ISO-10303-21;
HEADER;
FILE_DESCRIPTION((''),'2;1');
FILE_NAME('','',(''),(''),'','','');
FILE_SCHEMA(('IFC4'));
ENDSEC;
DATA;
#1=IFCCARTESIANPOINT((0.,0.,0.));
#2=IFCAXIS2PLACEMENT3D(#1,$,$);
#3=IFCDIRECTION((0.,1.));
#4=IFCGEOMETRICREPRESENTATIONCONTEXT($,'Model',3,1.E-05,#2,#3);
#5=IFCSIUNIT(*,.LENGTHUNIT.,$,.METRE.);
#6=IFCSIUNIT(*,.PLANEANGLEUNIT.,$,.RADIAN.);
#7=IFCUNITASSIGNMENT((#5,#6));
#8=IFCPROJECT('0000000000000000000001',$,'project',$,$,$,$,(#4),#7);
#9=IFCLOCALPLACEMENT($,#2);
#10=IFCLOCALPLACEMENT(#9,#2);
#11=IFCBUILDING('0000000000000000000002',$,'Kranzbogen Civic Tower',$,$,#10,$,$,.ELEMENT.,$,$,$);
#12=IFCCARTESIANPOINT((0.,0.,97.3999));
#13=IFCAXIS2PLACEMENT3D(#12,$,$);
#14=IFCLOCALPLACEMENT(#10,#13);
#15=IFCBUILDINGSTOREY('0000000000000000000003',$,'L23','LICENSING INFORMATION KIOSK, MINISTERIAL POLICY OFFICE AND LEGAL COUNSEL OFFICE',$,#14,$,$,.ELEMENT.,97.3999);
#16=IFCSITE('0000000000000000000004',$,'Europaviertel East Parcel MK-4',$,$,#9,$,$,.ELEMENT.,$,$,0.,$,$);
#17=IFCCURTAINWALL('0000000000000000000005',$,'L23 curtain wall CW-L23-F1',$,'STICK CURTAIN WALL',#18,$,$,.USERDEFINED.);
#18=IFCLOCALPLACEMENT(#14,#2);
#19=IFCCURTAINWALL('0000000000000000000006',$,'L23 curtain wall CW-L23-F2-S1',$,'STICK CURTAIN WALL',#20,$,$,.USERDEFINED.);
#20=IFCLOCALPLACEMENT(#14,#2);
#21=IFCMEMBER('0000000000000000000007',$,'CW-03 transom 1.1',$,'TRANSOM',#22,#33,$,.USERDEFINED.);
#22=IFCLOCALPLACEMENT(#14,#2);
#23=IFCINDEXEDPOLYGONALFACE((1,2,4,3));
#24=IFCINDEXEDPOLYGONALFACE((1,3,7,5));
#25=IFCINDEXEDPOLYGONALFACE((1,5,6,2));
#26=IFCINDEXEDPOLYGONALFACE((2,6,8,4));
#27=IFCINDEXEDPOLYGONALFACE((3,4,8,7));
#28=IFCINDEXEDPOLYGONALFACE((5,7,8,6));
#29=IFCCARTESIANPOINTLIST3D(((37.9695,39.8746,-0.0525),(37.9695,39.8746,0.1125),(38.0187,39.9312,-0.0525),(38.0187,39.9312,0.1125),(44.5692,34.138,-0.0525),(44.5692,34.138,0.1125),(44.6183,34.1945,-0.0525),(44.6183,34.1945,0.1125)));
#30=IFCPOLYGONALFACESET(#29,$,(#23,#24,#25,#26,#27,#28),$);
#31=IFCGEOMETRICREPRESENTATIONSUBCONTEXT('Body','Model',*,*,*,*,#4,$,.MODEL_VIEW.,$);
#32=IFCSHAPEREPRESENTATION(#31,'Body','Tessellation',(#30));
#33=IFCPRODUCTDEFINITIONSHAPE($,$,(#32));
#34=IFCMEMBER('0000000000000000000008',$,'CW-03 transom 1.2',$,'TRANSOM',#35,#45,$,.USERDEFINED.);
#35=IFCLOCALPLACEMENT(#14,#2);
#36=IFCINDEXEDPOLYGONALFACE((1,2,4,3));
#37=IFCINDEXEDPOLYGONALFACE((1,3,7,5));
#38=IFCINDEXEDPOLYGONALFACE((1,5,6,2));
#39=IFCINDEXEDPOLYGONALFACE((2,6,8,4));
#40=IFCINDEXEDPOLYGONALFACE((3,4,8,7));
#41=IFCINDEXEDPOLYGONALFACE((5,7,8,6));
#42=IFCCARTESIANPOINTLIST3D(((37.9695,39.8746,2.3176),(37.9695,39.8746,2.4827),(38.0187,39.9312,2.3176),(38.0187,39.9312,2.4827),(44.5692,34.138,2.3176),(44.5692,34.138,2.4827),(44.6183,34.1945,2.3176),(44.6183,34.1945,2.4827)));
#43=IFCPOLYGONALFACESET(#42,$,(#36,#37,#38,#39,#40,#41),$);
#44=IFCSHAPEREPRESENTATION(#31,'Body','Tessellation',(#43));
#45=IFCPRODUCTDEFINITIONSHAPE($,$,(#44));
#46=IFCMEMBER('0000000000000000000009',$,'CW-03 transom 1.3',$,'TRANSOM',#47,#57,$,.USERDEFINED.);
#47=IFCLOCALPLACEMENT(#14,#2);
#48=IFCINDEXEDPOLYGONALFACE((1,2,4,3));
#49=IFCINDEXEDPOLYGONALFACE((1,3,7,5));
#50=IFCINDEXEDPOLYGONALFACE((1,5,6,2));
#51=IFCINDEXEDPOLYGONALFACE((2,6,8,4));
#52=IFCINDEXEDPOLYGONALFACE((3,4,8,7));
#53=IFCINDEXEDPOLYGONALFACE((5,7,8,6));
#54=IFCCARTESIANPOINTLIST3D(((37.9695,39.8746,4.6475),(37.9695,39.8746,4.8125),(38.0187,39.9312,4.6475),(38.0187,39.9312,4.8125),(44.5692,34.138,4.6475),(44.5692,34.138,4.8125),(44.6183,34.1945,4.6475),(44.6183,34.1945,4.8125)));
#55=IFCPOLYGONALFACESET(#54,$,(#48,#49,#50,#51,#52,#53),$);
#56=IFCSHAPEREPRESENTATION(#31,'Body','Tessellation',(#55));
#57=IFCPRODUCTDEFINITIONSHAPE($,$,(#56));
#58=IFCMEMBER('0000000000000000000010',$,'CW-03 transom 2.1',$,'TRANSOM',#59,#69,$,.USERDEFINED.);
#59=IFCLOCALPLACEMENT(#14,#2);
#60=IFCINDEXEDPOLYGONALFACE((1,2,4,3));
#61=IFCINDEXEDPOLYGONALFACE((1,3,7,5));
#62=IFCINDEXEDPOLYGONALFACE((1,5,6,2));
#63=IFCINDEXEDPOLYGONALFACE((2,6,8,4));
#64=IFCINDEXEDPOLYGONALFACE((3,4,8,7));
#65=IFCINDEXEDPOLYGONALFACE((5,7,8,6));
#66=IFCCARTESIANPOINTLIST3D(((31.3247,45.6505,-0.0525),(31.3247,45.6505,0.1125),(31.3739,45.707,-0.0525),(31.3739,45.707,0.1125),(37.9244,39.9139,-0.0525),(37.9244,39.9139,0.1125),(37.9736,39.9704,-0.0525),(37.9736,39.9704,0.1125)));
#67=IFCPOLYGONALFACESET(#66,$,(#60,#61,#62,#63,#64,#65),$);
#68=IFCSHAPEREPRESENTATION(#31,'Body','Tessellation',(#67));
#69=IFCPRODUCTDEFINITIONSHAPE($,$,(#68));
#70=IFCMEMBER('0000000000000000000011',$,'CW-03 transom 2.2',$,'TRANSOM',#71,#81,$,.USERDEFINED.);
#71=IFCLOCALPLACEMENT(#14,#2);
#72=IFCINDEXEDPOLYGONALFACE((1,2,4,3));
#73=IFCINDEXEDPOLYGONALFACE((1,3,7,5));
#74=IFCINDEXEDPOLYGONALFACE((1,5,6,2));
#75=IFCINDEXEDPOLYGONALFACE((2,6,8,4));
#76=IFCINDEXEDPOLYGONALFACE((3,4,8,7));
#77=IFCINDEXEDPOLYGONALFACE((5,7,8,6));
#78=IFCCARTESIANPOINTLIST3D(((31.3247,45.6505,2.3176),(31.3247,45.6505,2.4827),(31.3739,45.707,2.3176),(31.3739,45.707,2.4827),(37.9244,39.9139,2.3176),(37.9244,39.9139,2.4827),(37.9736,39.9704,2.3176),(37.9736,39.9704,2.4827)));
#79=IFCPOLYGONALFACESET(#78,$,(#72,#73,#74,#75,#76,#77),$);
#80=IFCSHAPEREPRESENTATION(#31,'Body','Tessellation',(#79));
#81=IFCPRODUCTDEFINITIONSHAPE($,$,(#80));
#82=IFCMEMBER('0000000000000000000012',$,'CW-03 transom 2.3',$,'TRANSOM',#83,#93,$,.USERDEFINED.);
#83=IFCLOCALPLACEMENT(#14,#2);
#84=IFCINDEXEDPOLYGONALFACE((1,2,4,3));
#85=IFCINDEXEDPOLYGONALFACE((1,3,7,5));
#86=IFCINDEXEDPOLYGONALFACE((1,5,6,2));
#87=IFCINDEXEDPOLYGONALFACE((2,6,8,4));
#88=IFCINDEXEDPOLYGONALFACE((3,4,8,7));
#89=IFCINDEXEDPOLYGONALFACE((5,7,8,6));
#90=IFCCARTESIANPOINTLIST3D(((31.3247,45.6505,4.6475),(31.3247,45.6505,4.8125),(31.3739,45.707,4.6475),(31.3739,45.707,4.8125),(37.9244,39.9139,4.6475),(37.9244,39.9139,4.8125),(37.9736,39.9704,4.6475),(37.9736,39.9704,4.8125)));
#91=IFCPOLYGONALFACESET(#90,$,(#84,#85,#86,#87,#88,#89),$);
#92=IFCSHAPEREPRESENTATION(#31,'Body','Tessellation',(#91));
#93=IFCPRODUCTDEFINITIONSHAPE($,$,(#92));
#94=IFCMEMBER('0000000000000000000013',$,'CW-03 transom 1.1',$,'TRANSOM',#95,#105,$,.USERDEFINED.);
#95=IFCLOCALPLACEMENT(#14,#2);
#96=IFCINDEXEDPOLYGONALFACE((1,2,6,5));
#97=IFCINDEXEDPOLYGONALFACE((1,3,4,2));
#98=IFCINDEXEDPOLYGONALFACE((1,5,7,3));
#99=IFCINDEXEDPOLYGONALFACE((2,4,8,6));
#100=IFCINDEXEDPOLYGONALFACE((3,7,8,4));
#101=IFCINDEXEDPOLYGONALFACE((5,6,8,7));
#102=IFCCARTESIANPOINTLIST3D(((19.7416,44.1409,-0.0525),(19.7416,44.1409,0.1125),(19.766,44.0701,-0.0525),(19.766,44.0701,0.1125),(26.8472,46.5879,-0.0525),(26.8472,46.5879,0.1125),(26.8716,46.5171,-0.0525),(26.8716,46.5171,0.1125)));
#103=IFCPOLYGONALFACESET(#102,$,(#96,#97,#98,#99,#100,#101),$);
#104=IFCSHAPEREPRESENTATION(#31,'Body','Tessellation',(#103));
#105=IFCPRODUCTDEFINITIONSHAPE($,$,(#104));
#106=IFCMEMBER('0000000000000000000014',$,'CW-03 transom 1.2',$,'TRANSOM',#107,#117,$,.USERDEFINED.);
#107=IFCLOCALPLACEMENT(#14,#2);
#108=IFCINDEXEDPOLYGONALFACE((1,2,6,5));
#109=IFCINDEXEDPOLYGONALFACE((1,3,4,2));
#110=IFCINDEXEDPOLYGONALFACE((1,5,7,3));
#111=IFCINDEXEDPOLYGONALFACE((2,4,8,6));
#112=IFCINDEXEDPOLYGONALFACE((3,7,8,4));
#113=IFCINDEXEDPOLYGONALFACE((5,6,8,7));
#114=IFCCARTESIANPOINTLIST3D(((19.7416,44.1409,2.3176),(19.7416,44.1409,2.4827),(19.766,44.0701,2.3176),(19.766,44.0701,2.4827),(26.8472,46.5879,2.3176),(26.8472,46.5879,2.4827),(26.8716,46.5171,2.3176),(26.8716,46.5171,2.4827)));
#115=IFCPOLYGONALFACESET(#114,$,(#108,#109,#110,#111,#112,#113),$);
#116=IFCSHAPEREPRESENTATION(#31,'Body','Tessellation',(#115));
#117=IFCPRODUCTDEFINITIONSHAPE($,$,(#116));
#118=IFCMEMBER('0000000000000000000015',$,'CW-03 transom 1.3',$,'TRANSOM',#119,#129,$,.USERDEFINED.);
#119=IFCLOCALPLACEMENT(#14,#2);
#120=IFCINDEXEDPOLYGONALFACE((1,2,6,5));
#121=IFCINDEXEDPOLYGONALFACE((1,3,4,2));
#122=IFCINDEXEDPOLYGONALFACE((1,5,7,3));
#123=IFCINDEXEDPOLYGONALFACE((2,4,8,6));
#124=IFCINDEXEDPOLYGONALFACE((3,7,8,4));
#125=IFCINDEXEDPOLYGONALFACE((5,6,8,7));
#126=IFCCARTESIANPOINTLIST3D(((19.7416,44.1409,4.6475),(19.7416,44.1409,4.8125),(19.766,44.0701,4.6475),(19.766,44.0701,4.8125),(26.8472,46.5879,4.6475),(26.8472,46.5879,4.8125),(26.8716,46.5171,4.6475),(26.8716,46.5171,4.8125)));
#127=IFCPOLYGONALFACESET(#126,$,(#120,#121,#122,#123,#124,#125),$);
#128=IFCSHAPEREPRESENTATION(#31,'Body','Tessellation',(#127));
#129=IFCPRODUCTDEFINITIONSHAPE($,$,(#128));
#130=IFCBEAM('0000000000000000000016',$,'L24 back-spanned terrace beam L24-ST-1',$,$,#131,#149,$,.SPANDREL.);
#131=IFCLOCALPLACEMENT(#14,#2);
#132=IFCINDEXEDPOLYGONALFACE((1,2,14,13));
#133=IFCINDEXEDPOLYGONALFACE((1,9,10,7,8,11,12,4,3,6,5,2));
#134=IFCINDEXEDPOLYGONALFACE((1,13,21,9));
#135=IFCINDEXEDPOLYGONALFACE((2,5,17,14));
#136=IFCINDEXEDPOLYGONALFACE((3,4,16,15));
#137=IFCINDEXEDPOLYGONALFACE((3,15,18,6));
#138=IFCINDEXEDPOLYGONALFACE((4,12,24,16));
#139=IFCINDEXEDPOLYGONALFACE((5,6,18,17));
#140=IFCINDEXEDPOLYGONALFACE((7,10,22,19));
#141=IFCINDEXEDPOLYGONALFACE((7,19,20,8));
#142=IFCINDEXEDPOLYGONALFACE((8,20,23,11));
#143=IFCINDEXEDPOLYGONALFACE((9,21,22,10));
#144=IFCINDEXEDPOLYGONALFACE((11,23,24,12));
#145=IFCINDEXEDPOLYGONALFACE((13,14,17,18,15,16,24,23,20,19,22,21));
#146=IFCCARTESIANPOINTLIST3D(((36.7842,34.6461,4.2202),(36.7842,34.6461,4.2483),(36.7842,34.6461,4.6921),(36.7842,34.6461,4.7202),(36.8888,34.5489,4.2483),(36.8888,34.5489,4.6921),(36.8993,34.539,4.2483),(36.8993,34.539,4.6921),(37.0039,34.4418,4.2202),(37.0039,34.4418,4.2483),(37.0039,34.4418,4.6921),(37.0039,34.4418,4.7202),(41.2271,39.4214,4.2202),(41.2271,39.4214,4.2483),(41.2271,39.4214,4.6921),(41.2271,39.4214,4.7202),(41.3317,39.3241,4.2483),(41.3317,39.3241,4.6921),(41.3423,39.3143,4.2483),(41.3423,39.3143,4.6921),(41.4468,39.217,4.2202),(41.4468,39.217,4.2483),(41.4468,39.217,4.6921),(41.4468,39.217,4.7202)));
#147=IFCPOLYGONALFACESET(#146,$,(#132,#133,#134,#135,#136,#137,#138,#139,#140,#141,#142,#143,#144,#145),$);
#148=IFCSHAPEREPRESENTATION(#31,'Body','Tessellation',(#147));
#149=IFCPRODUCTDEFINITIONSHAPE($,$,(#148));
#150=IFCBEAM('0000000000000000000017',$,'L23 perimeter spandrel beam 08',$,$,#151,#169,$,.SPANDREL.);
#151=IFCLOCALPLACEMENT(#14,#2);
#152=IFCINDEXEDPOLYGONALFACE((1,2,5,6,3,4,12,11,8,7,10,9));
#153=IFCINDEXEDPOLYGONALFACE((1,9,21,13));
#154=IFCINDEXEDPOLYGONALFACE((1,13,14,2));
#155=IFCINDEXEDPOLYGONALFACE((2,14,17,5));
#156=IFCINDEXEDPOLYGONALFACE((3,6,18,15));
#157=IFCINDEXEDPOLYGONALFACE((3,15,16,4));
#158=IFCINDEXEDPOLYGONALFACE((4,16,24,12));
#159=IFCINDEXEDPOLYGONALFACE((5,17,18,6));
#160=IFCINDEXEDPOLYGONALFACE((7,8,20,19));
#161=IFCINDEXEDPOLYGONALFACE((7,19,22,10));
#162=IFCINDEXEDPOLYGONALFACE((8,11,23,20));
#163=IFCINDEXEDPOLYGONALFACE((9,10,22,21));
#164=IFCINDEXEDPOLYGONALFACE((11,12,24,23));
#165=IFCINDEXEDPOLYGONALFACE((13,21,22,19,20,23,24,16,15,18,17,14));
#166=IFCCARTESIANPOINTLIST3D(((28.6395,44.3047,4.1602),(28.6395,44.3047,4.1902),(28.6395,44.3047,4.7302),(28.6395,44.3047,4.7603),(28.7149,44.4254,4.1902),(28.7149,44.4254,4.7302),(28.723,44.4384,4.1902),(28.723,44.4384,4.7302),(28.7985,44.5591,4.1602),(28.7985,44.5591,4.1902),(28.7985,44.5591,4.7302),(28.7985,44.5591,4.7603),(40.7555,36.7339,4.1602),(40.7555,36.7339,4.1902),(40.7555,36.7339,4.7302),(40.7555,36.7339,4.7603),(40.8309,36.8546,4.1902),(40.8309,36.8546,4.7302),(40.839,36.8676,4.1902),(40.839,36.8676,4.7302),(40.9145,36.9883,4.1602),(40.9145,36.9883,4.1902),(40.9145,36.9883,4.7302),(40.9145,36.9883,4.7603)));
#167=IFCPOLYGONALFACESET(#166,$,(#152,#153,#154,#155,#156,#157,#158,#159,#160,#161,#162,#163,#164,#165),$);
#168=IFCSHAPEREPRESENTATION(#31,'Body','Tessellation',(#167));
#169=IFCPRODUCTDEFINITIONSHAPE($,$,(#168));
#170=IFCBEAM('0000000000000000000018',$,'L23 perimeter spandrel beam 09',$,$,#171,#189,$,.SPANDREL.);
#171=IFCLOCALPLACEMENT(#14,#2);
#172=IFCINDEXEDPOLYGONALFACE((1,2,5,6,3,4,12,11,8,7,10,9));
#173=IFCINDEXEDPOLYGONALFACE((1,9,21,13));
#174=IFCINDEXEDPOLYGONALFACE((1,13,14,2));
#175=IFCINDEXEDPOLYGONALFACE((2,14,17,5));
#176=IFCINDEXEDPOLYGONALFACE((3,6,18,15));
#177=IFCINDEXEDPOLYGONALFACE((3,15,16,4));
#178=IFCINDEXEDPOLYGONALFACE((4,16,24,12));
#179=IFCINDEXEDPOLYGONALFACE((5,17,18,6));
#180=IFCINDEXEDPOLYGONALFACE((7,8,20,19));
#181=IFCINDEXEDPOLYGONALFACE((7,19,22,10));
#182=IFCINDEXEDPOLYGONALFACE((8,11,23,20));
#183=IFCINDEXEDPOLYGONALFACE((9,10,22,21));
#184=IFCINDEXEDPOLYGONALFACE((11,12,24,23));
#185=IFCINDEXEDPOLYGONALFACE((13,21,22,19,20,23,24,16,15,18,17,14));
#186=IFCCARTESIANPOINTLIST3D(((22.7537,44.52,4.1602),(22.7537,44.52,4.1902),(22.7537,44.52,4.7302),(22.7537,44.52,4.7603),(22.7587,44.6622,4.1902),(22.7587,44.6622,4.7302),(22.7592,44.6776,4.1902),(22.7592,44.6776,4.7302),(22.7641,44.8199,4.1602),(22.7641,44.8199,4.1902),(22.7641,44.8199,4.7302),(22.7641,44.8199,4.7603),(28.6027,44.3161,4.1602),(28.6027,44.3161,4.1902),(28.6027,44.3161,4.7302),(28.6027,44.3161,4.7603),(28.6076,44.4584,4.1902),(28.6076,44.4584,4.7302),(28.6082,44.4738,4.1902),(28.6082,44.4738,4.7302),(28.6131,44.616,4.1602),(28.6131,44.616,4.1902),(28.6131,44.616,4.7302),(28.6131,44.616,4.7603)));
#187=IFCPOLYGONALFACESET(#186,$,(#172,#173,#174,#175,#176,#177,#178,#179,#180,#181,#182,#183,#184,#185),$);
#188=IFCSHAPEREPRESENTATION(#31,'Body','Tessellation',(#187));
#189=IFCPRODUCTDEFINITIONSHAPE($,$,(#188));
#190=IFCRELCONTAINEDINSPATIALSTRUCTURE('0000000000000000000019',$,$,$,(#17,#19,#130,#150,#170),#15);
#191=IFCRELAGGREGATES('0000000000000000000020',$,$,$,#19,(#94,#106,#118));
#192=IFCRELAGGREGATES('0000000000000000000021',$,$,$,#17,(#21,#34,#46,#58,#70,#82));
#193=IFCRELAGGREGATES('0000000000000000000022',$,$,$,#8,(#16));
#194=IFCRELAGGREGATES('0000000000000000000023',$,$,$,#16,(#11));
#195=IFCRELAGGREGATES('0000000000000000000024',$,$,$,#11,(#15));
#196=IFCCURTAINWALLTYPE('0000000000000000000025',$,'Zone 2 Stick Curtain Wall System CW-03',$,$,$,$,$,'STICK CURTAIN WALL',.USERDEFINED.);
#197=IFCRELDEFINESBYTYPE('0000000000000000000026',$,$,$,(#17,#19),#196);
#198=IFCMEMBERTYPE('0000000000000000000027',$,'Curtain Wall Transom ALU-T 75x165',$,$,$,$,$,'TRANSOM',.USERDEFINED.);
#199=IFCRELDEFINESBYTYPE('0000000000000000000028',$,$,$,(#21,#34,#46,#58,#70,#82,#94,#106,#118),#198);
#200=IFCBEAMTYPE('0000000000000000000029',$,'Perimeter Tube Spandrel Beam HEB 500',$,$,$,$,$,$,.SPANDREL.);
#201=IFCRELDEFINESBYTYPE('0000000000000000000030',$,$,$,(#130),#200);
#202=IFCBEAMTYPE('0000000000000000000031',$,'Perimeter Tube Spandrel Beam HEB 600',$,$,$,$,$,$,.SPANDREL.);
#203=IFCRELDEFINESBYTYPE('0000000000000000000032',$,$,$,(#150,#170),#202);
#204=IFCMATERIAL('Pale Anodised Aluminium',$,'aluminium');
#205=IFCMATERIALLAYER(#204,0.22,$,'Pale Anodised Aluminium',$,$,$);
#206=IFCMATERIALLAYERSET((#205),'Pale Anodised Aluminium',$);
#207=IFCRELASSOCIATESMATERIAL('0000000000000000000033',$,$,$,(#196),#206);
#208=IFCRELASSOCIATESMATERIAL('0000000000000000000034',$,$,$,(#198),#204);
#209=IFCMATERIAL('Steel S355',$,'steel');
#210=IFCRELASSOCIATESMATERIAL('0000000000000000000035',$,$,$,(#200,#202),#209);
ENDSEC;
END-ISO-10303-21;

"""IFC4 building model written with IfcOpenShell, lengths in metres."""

from ifc_helpers import new_model, si_unit, direction, frame, origin, origin_2d, place, context, subcontext, project, spatial, rectangle, i_section, extrude, material, layer, layer_set, material_profile, profile_set, type_object, element, aggregate, save


model = new_model("IFC4")

# Units and contexts
model_context = context("Model", 3, precision=1e-05, world=origin(), true_north=direction((0.0, 1.0)))
body_context = subcontext(model_context, "Body", "Model", "MODEL_VIEW")
ifc_project = project(units=[si_unit("LENGTHUNIT", "METRE"), si_unit("PLANEANGLEUNIT", "RADIAN")], contexts=[model_context])

# Site, building, storey
site_placement = place(None, origin())
site = spatial("IfcSite", under=ifc_project, at=site_placement, Name="Europaviertel East Parcel MK-4", CompositionType="ELEMENT", RefElevation=0.0)
building_placement = place(site_placement, origin())
building = spatial("IfcBuilding", under=site, at=building_placement, Name="Kranzbogen Civic Tower", CompositionType="ELEMENT")
storey_placement = place(building_placement, frame((0.0, 0.0, 97.3999)))
storey = spatial("IfcBuildingStorey", under=building, at=storey_placement, Name="L23", Description="LICENSING INFORMATION KIOSK, MINISTERIAL POLICY OFFICE AND LEGAL COUNSEL OFFICE", CompositionType="ELEMENT", Elevation=97.3999)

# Shared definitions
ifc_material_1 = material(Name="Steel S355", Category="steel")

# Curtain wall
ifc_material_2 = material(Name="Pale Anodised Aluminium", Category="aluminium")
ifc_layer_1 = layer(ifc_material_2, 0.22, Name="Pale Anodised Aluminium")
ifc_layer_set_1 = layer_set([ifc_layer_1], Name="Pale Anodised Aluminium")
curtain_wall_type_1 = type_object("IfcCurtainWallType", Name="Zone 2 Stick Curtain Wall System CW-03", ElementType="STICK CURTAIN WALL", PredefinedType="USERDEFINED", material=ifc_layer_set_1)
curtain_wall_1_placement = place(storey_placement, origin())
curtain_wall_1 = element("IfcCurtainWall", 1, at=curtain_wall_1_placement, inside=storey, type_object=curtain_wall_type_1, Name="L23 curtain wall CW-L23-F1", ObjectType="STICK CURTAIN WALL", PredefinedType="USERDEFINED")

# Curtain wall
curtain_wall_2_placement = place(storey_placement, origin())
curtain_wall_2 = element("IfcCurtainWall", 2, at=curtain_wall_2_placement, inside=storey, type_object=curtain_wall_type_1, Name="L23 curtain wall CW-L23-F2-S1", ObjectType="STICK CURTAIN WALL", PredefinedType="USERDEFINED")

# Members
ifc_material_profile_1 = material_profile(ifc_material_2, rectangle(XDim=0.075, YDim=0.165, at=origin_2d()), Name="ALU-T 75x165")
ifc_profile_set_1 = profile_set([ifc_material_profile_1], Name="Pale Anodised Aluminium")
member_type_1 = type_object("IfcMemberType", Name="Curtain Wall Transom ALU-T 75x165", ElementType="TRANSOM", PredefinedType="USERDEFINED", material=ifc_profile_set_1)
member_1_placement = place(storey_placement, frame((44.5938, 34.1663, 0.03), z_axis=(-0.754731, 0.656034, 0.0), x_axis=(-0.656034, -0.754731, 0.0)))
member_1 = element("IfcMember", 3, at=member_1_placement, type_object=member_type_1, Name="CW-03 transom 1.1", ObjectType="TRANSOM", PredefinedType="USERDEFINED", context=body_context, shape_type="SweptSolid", body=[
    extrude(rectangle(XDim=0.075, YDim=0.165, at=origin_2d()), origin(), (0.0, 0.0, 1.0), 8.7444),
])
member_2_placement = place(storey_placement, frame((44.5938, 34.1663, 2.4001), z_axis=(-0.754731, 0.656034, 0.0), x_axis=(-0.656034, -0.754731, 0.0)))
member_2 = element("IfcMember", 4, at=member_2_placement, type_object=member_type_1, Name="CW-03 transom 1.2", ObjectType="TRANSOM", PredefinedType="USERDEFINED", context=body_context, shape_type="SweptSolid", body=[
    extrude(rectangle(XDim=0.075, YDim=0.165, at=origin_2d()), origin(), (0.0, 0.0, 1.0), 8.7444),
])
member_3_placement = place(storey_placement, frame((44.5938, 34.1663, 4.73), z_axis=(-0.754731, 0.656034, 0.0), x_axis=(-0.656034, -0.754731, 0.0)))
member_3 = element("IfcMember", 5, at=member_3_placement, type_object=member_type_1, Name="CW-03 transom 1.3", ObjectType="TRANSOM", PredefinedType="USERDEFINED", context=body_context, shape_type="SweptSolid", body=[
    extrude(rectangle(XDim=0.075, YDim=0.165, at=origin_2d()), origin(), (0.0, 0.0, 1.0), 8.7444),
])
member_4_placement = place(storey_placement, frame((37.949, 39.9421, 0.03), z_axis=(-0.754731, 0.656034, 0.0), x_axis=(-0.656034, -0.754731, 0.0)))
member_4 = element("IfcMember", 6, at=member_4_placement, type_object=member_type_1, Name="CW-03 transom 2.1", ObjectType="TRANSOM", PredefinedType="USERDEFINED", context=body_context, shape_type="SweptSolid", body=[
    extrude(rectangle(XDim=0.075, YDim=0.165, at=origin_2d()), origin(), (0.0, 0.0, 1.0), 8.7444),
])
member_5_placement = place(storey_placement, frame((37.949, 39.9421, 2.4001), z_axis=(-0.754731, 0.656034, 0.0), x_axis=(-0.656034, -0.754731, 0.0)))
member_5 = element("IfcMember", 7, at=member_5_placement, type_object=member_type_1, Name="CW-03 transom 2.2", ObjectType="TRANSOM", PredefinedType="USERDEFINED", context=body_context, shape_type="SweptSolid", body=[
    extrude(rectangle(XDim=0.075, YDim=0.165, at=origin_2d()), origin(), (0.0, 0.0, 1.0), 8.7444),
])
member_6_placement = place(storey_placement, frame((37.949, 39.9421, 4.73), z_axis=(-0.754731, 0.656034, 0.0), x_axis=(-0.656034, -0.754731, 0.0)))
member_6 = element("IfcMember", 8, at=member_6_placement, type_object=member_type_1, Name="CW-03 transom 2.3", ObjectType="TRANSOM", PredefinedType="USERDEFINED", context=body_context, shape_type="SweptSolid", body=[
    extrude(rectangle(XDim=0.075, YDim=0.165, at=origin_2d()), origin(), (0.0, 0.0, 1.0), 8.7444),
])
member_7_placement = place(storey_placement, frame((26.8594, 46.5525, 0.03), z_axis=(-0.945505, -0.325607, 0.0), x_axis=(0.325607, -0.945505, 0.0)))
member_7 = element("IfcMember", 9, at=member_7_placement, type_object=member_type_1, Name="CW-03 transom 1.1", ObjectType="TRANSOM", PredefinedType="USERDEFINED", context=body_context, shape_type="SweptSolid", body=[
    extrude(rectangle(XDim=0.075, YDim=0.165, at=origin_2d()), origin(), (0.0, 0.0, 1.0), 7.5151),
])
member_8_placement = place(storey_placement, frame((26.8594, 46.5525, 2.4001), z_axis=(-0.945505, -0.325607, 0.0), x_axis=(0.325607, -0.945505, 0.0)))
member_8 = element("IfcMember", 10, at=member_8_placement, type_object=member_type_1, Name="CW-03 transom 1.2", ObjectType="TRANSOM", PredefinedType="USERDEFINED", context=body_context, shape_type="SweptSolid", body=[
    extrude(rectangle(XDim=0.075, YDim=0.165, at=origin_2d()), origin(), (0.0, 0.0, 1.0), 7.5151),
])
member_9_placement = place(storey_placement, frame((26.8594, 46.5525, 4.73), z_axis=(-0.945505, -0.325607, 0.0), x_axis=(0.325607, -0.945505, 0.0)))
member_9 = element("IfcMember", 11, at=member_9_placement, type_object=member_type_1, Name="CW-03 transom 1.3", ObjectType="TRANSOM", PredefinedType="USERDEFINED", context=body_context, shape_type="SweptSolid", body=[
    extrude(rectangle(XDim=0.075, YDim=0.165, at=origin_2d()), origin(), (0.0, 0.0, 1.0), 7.5151),
])
aggregate(curtain_wall_2, [member_7, member_8, member_9])

# Beams
ifc_material_profile_2 = material_profile(ifc_material_1, i_section(OverallWidth=0.3, OverallDepth=0.5, WebThickness=0.0144, FlangeThickness=0.0281, at=origin_2d()), Name="HEB 500")
ifc_profile_set_2 = profile_set([ifc_material_profile_2], Name="Steel S355")
beam_type_1 = type_object("IfcBeamType", Name="Perimeter Tube Spandrel Beam HEB 500", PredefinedType="SPANDREL", material=ifc_profile_set_2)
beam_1_placement = place(storey_placement, frame((36.894, 34.5439, 4.4702), z_axis=(0.681176, 0.73212, 0.0), x_axis=(-0.73212, 0.681176, 0.0)))
element("IfcBeam", 12, at=beam_1_placement, inside=storey, type_object=beam_type_1, Name="L24 back-spanned terrace beam L24-ST-1", PredefinedType="SPANDREL", context=body_context, shape_type="SweptSolid", body=[
    extrude(i_section(OverallWidth=0.3, OverallDepth=0.5, WebThickness=0.0144, FlangeThickness=0.0281, at=origin_2d()), origin(), (0.0, 0.0, 1.0), 6.5225),
])
ifc_material_profile_3 = material_profile(ifc_material_1, i_section(OverallWidth=0.3, OverallDepth=0.6001, WebThickness=0.0154, FlangeThickness=0.03, at=origin_2d()), Name="HEB 600")
ifc_profile_set_3 = profile_set([ifc_material_profile_3], Name="Steel S355")
beam_type_2 = type_object("IfcBeamType", Name="Perimeter Tube Spandrel Beam HEB 600", PredefinedType="SPANDREL", material=ifc_profile_set_3)
beam_2_placement = place(storey_placement, frame((40.835, 36.8611, 4.4602), z_axis=(-0.848051, 0.529914, 0.0), x_axis=(-0.529914, -0.848051, 0.0)))
element("IfcBeam", 13, at=beam_2_placement, inside=storey, type_object=beam_type_2, Name="L23 perimeter spandrel beam 08", PredefinedType="SPANDREL", context=body_context, shape_type="SweptSolid", body=[
    extrude(i_section(OverallWidth=0.3, OverallDepth=0.6001, WebThickness=0.0154, FlangeThickness=0.03, at=origin_2d()), origin(), (0.0, 0.0, 1.0), 14.2869),
])
beam_3_placement = place(storey_placement, frame((28.6079, 44.4661, 4.4602), z_axis=(-0.999393, 0.034833, 0.0), x_axis=(-0.034833, -0.999393, 0.0)))
element("IfcBeam", 14, at=beam_3_placement, inside=storey, type_object=beam_type_2, Name="L23 perimeter spandrel beam 09", PredefinedType="SPANDREL", context=body_context, shape_type="SweptSolid", body=[
    extrude(i_section(OverallWidth=0.3, OverallDepth=0.6001, WebThickness=0.0154, FlangeThickness=0.03, at=origin_2d()), origin(), (0.0, 0.0, 1.0), 5.8525),
])

aggregate(curtain_wall_1, [member_1, member_2, member_3, member_4, member_5, member_6])

save(model, "model.ifc")
